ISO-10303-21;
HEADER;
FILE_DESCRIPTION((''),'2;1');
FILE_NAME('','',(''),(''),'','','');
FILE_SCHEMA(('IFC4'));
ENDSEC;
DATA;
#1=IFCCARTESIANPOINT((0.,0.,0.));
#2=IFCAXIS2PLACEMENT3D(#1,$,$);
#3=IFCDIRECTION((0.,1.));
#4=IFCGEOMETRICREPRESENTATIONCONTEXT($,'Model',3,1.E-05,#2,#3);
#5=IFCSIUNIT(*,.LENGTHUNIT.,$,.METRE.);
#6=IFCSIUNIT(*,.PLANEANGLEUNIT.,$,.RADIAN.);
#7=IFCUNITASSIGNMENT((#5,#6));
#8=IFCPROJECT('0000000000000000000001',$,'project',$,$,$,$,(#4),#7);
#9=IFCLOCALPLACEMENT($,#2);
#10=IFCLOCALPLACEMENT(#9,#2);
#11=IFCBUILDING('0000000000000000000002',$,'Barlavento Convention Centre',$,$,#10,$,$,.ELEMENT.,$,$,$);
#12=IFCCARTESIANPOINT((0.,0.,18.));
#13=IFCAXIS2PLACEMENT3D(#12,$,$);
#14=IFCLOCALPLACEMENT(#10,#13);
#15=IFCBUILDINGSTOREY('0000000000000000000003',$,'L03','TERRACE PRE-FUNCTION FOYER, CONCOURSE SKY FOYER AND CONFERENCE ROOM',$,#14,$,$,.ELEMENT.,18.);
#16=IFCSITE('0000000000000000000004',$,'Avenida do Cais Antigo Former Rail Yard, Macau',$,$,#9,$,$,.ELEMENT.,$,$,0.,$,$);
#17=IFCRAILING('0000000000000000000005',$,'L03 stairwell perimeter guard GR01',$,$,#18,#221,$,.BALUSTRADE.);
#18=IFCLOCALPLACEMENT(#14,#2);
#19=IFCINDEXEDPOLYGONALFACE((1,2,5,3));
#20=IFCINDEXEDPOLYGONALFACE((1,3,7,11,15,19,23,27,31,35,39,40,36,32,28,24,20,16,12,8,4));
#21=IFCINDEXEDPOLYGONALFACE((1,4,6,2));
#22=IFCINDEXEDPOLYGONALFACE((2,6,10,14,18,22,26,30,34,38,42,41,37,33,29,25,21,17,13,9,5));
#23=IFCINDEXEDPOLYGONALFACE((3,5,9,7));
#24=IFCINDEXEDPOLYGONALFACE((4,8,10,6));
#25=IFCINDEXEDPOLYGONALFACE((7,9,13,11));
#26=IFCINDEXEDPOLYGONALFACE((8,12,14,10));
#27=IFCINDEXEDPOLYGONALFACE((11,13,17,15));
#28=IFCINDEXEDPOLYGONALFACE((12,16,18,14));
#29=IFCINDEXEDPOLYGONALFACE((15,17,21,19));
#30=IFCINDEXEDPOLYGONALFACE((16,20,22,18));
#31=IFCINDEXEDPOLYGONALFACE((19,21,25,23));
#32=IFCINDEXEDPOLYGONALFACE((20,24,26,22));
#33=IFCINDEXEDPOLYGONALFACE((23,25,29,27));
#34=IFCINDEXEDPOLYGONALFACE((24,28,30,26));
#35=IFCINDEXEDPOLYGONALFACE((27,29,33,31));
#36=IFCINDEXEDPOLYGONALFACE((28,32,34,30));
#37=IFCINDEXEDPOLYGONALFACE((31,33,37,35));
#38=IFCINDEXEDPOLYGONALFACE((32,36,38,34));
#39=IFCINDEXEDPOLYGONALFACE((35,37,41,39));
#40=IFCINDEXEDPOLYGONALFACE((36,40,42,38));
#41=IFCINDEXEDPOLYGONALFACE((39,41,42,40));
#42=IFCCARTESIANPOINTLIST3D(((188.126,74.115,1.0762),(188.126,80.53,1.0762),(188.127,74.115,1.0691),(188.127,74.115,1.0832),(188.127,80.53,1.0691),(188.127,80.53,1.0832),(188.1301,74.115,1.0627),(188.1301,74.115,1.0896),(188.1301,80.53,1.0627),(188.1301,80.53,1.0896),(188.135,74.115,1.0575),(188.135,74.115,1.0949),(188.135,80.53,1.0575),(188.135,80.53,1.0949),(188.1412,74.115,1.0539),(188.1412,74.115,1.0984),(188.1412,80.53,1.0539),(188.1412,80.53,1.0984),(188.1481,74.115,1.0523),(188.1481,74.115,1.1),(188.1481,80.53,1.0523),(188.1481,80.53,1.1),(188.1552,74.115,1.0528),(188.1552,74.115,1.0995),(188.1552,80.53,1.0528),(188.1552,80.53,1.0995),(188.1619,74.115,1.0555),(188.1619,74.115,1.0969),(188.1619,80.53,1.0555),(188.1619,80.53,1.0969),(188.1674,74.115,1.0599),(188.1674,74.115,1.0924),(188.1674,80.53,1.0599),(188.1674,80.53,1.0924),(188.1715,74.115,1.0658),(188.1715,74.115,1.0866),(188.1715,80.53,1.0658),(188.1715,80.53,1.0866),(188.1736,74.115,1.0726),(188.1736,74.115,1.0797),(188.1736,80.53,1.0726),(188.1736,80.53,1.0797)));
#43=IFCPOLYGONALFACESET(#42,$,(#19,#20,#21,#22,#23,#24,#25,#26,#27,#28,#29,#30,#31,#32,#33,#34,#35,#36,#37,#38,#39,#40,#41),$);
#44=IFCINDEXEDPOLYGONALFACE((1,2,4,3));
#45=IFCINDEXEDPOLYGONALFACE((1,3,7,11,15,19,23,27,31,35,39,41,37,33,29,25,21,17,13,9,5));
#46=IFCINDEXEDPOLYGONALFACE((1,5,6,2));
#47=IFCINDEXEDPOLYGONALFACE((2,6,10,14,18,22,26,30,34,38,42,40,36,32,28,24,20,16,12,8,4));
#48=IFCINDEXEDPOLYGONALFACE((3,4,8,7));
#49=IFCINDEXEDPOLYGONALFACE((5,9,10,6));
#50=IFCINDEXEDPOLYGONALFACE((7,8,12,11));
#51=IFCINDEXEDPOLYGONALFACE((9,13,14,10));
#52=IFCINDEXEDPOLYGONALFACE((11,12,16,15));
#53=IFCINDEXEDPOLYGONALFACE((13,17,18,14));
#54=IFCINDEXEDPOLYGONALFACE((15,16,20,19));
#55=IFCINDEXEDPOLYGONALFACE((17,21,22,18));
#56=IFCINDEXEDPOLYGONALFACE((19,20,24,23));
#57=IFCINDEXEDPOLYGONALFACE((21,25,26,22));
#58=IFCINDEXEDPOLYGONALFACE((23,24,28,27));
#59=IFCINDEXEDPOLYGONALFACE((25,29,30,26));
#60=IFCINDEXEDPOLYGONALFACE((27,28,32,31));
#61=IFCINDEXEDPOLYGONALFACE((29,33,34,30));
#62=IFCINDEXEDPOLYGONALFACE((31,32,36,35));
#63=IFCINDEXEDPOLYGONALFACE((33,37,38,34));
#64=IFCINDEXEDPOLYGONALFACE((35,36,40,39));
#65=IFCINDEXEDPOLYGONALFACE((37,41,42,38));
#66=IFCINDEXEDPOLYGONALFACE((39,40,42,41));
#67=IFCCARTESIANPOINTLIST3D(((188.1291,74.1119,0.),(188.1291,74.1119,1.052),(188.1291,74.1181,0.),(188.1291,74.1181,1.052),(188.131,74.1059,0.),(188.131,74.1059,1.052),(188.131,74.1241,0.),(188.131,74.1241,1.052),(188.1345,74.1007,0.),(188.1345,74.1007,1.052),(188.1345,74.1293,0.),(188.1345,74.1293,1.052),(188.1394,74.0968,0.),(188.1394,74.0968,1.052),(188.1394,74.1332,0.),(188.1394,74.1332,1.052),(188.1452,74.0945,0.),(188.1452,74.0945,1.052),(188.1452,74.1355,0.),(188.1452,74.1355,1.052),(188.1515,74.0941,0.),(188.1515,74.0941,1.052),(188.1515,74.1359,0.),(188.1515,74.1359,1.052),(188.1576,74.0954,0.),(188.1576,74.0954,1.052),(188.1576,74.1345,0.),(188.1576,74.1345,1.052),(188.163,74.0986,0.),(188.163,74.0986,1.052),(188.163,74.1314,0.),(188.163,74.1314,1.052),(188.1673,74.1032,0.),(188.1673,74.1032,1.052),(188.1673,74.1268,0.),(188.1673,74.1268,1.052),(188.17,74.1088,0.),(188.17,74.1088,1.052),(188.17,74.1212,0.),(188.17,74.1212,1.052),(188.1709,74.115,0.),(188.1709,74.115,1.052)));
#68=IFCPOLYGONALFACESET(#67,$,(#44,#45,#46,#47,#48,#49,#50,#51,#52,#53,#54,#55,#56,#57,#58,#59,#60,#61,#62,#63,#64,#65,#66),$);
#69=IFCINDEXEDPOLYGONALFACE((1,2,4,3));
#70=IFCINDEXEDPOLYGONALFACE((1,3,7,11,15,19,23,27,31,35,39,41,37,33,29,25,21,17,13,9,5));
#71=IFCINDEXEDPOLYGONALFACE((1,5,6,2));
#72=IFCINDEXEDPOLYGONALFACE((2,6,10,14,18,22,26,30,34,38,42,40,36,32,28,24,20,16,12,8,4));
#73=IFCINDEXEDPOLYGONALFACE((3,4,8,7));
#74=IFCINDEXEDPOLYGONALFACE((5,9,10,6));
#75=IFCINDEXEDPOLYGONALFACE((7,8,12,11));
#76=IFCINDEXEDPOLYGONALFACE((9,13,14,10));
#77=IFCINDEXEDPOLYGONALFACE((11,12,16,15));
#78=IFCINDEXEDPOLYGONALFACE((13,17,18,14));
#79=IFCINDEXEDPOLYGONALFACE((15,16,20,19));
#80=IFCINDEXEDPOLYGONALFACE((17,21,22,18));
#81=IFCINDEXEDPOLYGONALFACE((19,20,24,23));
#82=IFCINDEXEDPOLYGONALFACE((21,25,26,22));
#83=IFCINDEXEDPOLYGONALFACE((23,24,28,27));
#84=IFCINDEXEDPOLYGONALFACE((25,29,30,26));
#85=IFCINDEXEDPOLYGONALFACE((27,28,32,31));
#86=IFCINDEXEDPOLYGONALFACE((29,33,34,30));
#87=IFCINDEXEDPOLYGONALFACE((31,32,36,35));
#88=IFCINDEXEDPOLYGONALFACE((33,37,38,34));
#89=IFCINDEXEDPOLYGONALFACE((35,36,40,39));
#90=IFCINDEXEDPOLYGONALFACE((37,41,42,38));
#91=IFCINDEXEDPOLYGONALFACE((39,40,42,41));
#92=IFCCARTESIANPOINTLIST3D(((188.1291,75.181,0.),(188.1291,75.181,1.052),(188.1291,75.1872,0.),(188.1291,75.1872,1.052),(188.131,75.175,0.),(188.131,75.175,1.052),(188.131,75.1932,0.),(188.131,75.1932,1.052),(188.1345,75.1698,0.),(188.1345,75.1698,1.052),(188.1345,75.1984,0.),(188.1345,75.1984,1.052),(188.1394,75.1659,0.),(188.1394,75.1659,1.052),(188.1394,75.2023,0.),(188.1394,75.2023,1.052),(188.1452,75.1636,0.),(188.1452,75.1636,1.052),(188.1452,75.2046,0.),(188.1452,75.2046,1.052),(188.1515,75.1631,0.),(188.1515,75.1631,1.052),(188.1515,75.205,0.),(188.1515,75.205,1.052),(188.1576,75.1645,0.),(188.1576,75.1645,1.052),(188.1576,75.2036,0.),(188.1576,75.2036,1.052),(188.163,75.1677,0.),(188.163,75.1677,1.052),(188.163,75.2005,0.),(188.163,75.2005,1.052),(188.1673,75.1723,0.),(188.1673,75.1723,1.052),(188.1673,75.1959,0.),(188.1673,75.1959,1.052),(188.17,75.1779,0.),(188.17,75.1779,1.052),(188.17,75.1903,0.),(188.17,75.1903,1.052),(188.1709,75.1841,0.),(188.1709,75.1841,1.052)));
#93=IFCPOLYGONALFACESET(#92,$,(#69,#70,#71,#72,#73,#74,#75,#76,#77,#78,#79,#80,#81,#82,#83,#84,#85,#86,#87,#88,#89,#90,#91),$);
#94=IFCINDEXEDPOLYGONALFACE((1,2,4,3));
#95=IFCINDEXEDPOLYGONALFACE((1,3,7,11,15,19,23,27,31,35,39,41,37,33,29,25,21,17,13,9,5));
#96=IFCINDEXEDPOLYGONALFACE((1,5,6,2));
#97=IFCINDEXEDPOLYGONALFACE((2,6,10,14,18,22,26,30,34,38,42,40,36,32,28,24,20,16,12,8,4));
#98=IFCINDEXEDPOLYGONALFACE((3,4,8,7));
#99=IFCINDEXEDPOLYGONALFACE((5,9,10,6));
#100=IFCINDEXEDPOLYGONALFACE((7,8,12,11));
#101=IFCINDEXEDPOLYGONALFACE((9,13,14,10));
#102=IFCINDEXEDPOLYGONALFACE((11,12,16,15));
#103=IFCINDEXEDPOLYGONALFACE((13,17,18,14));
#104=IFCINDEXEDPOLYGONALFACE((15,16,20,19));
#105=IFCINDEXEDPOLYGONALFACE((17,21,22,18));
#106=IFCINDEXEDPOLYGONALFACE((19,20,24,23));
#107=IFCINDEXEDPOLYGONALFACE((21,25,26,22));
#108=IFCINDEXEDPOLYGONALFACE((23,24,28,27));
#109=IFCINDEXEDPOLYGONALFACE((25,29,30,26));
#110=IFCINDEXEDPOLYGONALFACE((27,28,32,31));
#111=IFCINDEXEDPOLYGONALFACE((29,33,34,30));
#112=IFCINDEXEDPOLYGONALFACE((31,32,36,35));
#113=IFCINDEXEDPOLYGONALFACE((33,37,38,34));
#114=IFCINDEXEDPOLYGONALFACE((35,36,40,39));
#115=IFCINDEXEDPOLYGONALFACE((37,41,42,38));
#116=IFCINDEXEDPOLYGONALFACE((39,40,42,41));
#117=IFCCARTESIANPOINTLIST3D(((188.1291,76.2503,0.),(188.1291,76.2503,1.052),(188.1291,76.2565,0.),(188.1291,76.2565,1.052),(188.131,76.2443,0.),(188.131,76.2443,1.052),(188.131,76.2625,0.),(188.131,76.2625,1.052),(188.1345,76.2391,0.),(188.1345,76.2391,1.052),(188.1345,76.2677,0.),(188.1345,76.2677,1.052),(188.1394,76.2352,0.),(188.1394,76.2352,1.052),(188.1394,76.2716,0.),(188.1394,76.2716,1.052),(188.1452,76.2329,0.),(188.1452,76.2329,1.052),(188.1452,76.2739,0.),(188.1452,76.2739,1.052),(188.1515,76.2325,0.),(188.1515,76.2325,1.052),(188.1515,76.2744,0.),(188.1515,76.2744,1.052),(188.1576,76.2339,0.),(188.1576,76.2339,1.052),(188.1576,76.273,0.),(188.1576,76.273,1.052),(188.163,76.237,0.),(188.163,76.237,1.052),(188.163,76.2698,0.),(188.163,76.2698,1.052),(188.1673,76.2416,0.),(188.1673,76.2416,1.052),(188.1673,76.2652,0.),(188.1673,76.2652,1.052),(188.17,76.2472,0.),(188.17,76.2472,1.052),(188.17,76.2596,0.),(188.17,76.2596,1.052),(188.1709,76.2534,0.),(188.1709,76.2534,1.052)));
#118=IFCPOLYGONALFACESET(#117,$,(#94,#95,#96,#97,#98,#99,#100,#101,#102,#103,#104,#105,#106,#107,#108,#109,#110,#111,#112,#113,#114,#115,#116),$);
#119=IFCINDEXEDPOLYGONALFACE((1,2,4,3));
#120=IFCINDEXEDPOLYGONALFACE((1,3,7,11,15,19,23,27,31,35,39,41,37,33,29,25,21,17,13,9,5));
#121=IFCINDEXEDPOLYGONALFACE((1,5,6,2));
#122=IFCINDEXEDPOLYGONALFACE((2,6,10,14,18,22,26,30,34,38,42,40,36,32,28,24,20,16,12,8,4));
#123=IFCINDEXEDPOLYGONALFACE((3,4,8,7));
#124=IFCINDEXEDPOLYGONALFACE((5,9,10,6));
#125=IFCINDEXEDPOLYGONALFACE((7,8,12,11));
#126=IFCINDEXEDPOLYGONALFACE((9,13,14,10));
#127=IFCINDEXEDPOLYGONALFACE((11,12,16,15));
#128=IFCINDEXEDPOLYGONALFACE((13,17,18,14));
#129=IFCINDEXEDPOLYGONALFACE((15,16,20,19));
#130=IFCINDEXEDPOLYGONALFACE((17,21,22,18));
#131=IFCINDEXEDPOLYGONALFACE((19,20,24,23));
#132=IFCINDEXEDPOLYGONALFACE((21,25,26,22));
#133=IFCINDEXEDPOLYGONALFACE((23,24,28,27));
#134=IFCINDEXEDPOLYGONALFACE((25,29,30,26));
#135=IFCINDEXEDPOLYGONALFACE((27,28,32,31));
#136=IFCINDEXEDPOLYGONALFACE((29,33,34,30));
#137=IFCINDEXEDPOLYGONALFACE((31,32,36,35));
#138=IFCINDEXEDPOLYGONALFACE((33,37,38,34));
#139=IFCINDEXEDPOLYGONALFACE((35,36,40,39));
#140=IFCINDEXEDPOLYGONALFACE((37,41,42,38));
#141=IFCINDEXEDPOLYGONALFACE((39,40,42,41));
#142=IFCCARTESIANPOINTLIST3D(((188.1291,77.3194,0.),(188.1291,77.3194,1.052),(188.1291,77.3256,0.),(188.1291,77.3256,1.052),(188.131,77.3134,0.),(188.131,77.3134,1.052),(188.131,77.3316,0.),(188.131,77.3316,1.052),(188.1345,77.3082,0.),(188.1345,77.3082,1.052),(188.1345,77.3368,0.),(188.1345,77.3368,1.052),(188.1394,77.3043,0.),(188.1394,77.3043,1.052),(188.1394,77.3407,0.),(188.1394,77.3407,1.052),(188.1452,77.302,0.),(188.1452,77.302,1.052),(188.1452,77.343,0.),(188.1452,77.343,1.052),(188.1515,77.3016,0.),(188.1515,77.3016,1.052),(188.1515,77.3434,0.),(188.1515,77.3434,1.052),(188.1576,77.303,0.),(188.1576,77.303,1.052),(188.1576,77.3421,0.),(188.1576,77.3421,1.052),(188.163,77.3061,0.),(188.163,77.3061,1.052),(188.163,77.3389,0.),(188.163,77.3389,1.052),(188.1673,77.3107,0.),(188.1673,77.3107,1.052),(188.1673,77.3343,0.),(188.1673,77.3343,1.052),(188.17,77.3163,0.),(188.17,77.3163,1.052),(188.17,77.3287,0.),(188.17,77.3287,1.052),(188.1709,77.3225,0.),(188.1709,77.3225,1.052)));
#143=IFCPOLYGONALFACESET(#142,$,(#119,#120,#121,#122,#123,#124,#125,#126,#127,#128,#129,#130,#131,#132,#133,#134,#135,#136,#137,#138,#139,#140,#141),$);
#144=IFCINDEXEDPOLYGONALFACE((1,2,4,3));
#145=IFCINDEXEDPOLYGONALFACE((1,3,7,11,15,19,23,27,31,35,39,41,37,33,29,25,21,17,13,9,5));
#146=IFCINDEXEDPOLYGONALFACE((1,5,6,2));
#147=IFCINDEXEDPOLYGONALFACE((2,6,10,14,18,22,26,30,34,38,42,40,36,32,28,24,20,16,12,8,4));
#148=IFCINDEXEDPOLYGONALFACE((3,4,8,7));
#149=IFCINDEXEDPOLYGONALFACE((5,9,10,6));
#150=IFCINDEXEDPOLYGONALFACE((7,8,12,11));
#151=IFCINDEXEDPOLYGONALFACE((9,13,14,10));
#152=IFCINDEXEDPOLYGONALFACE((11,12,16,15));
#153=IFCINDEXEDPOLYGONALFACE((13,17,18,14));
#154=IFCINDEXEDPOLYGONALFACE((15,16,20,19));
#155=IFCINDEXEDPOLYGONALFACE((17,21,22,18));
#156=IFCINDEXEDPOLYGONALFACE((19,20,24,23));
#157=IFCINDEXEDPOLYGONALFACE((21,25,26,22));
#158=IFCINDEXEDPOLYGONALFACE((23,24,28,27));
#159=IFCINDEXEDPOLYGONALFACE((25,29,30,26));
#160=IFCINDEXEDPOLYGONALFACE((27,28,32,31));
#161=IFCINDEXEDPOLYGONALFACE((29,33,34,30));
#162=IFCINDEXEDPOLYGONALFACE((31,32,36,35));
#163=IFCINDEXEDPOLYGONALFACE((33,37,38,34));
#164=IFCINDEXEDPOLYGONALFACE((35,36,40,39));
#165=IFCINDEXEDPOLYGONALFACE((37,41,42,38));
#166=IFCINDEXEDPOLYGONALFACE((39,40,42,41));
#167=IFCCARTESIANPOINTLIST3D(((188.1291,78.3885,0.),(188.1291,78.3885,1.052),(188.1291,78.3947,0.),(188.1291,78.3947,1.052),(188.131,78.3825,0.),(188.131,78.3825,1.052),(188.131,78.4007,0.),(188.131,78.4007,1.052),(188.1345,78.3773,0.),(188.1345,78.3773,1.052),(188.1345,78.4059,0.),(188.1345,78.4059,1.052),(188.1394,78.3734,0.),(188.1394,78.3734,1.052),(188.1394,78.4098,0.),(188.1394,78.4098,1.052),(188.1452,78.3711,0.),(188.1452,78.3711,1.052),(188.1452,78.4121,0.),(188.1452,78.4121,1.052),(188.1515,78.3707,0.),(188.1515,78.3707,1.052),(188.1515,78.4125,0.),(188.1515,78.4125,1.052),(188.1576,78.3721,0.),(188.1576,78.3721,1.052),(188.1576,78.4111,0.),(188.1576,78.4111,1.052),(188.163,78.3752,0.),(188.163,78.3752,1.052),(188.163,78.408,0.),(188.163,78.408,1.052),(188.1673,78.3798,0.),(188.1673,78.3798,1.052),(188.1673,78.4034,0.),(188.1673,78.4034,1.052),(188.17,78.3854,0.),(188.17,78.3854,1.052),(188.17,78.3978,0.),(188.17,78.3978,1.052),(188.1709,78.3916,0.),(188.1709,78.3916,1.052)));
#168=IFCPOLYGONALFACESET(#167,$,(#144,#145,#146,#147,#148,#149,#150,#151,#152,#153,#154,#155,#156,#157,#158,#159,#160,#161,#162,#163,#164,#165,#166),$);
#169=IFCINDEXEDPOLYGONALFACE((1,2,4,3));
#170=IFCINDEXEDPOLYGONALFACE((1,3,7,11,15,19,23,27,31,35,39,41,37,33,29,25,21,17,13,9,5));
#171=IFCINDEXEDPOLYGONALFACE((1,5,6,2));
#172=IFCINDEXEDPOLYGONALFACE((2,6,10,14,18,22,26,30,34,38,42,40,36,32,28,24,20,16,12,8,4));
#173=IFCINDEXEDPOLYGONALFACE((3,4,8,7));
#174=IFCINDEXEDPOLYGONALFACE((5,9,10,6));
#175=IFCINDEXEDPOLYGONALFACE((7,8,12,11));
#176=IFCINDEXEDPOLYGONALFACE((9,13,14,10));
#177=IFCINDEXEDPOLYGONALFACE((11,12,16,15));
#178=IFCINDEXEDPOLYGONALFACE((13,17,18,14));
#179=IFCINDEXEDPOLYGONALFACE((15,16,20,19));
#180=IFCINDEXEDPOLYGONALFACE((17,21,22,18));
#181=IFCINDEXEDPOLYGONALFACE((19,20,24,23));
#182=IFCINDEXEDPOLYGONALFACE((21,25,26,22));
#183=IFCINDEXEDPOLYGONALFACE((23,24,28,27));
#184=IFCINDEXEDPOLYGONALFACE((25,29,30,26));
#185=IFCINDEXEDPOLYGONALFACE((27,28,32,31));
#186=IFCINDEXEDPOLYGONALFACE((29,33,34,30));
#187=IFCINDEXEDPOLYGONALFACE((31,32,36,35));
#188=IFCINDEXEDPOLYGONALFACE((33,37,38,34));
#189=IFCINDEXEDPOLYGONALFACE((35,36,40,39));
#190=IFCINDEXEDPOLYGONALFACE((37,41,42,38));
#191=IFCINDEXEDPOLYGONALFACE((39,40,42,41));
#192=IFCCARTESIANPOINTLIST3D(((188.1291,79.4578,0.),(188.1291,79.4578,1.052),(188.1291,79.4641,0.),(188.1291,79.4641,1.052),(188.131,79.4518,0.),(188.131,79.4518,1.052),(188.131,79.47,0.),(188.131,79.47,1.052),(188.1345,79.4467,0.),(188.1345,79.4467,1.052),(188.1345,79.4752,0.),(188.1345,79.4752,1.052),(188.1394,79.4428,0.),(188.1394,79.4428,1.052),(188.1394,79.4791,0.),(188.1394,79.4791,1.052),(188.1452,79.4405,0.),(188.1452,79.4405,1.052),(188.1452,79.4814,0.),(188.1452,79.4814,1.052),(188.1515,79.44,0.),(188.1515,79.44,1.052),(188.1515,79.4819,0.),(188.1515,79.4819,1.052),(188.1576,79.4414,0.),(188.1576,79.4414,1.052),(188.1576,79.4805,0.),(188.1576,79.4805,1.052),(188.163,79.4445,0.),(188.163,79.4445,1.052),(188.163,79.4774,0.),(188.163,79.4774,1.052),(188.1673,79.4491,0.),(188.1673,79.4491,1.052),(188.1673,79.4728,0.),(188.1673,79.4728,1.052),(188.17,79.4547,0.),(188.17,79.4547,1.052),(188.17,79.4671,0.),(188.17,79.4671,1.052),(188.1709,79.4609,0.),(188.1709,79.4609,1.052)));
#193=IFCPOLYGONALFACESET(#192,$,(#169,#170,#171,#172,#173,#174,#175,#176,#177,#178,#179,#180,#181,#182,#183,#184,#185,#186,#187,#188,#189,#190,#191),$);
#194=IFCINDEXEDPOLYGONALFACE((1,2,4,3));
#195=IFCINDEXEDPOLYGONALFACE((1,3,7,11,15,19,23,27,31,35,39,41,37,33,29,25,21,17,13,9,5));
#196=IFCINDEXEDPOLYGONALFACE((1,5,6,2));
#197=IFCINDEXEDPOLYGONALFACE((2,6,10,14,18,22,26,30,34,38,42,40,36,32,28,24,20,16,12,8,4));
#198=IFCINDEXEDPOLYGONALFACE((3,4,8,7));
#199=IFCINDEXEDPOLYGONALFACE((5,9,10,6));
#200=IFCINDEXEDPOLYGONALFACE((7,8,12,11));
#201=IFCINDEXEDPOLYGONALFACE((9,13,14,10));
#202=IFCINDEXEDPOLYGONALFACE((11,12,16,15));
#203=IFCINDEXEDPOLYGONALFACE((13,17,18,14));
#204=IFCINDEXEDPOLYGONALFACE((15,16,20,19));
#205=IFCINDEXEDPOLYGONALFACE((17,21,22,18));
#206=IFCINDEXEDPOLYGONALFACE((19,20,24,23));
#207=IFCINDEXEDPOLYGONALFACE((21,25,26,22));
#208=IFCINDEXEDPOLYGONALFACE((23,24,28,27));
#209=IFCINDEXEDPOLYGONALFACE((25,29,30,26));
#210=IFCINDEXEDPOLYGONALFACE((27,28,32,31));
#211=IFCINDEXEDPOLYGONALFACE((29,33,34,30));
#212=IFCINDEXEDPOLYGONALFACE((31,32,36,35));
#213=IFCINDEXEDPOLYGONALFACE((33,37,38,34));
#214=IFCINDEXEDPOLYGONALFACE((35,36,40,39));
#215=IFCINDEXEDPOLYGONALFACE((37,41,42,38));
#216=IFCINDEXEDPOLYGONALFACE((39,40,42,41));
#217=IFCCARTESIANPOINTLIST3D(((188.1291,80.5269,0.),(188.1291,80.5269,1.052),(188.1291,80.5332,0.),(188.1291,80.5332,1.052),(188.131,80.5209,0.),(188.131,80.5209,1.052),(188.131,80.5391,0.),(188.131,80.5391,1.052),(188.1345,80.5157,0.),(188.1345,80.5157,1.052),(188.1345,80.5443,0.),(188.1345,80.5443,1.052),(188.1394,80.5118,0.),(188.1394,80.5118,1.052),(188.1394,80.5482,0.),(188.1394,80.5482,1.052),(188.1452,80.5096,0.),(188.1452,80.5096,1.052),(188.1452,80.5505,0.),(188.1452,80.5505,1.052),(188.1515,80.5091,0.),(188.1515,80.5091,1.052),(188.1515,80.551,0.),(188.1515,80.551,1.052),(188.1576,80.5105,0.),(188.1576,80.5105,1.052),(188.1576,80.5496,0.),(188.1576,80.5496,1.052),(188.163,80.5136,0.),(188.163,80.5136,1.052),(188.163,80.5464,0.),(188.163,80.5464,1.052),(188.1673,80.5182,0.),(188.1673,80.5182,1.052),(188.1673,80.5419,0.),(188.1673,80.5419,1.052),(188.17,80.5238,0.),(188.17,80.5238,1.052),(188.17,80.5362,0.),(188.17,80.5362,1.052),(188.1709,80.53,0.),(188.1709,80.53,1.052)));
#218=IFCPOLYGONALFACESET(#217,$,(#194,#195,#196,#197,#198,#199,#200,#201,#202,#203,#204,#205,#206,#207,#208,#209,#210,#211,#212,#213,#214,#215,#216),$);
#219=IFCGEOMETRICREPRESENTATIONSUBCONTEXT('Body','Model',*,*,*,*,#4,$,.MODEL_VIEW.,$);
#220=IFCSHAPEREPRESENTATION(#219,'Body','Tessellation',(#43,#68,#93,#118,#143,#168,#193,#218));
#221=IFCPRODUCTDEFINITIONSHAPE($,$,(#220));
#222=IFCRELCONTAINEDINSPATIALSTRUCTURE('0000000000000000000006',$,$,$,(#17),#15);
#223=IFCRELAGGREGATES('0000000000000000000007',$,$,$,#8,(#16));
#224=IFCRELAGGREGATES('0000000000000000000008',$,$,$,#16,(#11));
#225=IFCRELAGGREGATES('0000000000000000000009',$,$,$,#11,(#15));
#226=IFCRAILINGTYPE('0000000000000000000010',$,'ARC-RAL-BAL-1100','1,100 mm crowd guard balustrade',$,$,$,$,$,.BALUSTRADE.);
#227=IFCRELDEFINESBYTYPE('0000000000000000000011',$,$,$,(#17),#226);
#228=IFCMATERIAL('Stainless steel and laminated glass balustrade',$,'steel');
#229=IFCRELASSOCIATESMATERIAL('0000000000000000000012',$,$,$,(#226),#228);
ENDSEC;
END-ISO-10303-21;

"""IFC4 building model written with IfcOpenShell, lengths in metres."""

from ifc_helpers import new_model, si_unit, direction, frame, origin, origin_2d, place, context, subcontext, project, spatial, circle, extrude, material, type_object, element, save


model = new_model("IFC4")

# Units and contexts
model_context = context("Model", 3, precision=1e-05, world=origin(), true_north=direction((0.0, 1.0)))
body_context = subcontext(model_context, "Body", "Model", "MODEL_VIEW")
ifc_project = project(units=[si_unit("LENGTHUNIT", "METRE"), si_unit("PLANEANGLEUNIT", "RADIAN")], contexts=[model_context])

# Site, building, storey
site_placement = place(None, origin())
site = spatial("IfcSite", under=ifc_project, at=site_placement, Name="Avenida do Cais Antigo Former Rail Yard, Macau", CompositionType="ELEMENT", RefElevation=0.0)
building_placement = place(site_placement, origin())
building = spatial("IfcBuilding", under=site, at=building_placement, Name="Barlavento Convention Centre", CompositionType="ELEMENT")
storey_placement = place(building_placement, frame((0.0, 0.0, 18.0)))
storey = spatial("IfcBuildingStorey", under=building, at=storey_placement, Name="L03", Description="TERRACE PRE-FUNCTION FOYER, CONCOURSE SKY FOYER AND CONFERENCE ROOM", CompositionType="ELEMENT", Elevation=18.0)

# Railing
ifc_material_1 = material(Name="Stainless steel and laminated glass balustrade", Category="steel")
railing_type_1 = type_object("IfcRailingType", Name="ARC-RAL-BAL-1100", Description="1,100 mm crowd guard balustrade", PredefinedType="BALUSTRADE", material=ifc_material_1)
railing_1_placement = place(storey_placement, frame((188.1499, 74.115, 0.0)))
element("IfcRailing", 1, at=railing_1_placement, inside=storey, type_object=railing_type_1, Name="L03 stairwell perimeter guard GR01", PredefinedType="BALUSTRADE", context=body_context, shape_type="SweptSolid", body=[
    extrude(circle(Radius=0.0239, at=origin_2d()), frame((0.0, 0.0, 1.0762), z_axis=(0.0, 1.0, 0.0), x_axis=(-1.0, 0.0, 0.0)), (0.0, 0.0, 1.0), 6.415),
    extrude(circle(Radius=0.021, at=origin_2d()), origin(), (0.0, 0.0, 1.0), 1.052),
    extrude(circle(Radius=0.021, at=origin_2d()), frame((0.0, 1.0691, 0.0)), (0.0, 0.0, 1.0), 1.052),
    extrude(circle(Radius=0.021, at=origin_2d()), frame((0.0, 2.1384, 0.0)), (0.0, 0.0, 1.0), 1.052),
    extrude(circle(Radius=0.021, at=origin_2d()), frame((0.0, 3.2075, 0.0)), (0.0, 0.0, 1.0), 1.052),
    extrude(circle(Radius=0.021, at=origin_2d()), frame((0.0, 4.2766, 0.0)), (0.0, 0.0, 1.0), 1.052),
    extrude(circle(Radius=0.021, at=origin_2d()), frame((0.0, 5.3459, 0.0)), (0.0, 0.0, 1.0), 1.052),
    extrude(circle(Radius=0.021, at=origin_2d()), frame((0.0, 6.415, 0.0)), (0.0, 0.0, 1.0), 1.052),
])

save(model, "model.ifc")
